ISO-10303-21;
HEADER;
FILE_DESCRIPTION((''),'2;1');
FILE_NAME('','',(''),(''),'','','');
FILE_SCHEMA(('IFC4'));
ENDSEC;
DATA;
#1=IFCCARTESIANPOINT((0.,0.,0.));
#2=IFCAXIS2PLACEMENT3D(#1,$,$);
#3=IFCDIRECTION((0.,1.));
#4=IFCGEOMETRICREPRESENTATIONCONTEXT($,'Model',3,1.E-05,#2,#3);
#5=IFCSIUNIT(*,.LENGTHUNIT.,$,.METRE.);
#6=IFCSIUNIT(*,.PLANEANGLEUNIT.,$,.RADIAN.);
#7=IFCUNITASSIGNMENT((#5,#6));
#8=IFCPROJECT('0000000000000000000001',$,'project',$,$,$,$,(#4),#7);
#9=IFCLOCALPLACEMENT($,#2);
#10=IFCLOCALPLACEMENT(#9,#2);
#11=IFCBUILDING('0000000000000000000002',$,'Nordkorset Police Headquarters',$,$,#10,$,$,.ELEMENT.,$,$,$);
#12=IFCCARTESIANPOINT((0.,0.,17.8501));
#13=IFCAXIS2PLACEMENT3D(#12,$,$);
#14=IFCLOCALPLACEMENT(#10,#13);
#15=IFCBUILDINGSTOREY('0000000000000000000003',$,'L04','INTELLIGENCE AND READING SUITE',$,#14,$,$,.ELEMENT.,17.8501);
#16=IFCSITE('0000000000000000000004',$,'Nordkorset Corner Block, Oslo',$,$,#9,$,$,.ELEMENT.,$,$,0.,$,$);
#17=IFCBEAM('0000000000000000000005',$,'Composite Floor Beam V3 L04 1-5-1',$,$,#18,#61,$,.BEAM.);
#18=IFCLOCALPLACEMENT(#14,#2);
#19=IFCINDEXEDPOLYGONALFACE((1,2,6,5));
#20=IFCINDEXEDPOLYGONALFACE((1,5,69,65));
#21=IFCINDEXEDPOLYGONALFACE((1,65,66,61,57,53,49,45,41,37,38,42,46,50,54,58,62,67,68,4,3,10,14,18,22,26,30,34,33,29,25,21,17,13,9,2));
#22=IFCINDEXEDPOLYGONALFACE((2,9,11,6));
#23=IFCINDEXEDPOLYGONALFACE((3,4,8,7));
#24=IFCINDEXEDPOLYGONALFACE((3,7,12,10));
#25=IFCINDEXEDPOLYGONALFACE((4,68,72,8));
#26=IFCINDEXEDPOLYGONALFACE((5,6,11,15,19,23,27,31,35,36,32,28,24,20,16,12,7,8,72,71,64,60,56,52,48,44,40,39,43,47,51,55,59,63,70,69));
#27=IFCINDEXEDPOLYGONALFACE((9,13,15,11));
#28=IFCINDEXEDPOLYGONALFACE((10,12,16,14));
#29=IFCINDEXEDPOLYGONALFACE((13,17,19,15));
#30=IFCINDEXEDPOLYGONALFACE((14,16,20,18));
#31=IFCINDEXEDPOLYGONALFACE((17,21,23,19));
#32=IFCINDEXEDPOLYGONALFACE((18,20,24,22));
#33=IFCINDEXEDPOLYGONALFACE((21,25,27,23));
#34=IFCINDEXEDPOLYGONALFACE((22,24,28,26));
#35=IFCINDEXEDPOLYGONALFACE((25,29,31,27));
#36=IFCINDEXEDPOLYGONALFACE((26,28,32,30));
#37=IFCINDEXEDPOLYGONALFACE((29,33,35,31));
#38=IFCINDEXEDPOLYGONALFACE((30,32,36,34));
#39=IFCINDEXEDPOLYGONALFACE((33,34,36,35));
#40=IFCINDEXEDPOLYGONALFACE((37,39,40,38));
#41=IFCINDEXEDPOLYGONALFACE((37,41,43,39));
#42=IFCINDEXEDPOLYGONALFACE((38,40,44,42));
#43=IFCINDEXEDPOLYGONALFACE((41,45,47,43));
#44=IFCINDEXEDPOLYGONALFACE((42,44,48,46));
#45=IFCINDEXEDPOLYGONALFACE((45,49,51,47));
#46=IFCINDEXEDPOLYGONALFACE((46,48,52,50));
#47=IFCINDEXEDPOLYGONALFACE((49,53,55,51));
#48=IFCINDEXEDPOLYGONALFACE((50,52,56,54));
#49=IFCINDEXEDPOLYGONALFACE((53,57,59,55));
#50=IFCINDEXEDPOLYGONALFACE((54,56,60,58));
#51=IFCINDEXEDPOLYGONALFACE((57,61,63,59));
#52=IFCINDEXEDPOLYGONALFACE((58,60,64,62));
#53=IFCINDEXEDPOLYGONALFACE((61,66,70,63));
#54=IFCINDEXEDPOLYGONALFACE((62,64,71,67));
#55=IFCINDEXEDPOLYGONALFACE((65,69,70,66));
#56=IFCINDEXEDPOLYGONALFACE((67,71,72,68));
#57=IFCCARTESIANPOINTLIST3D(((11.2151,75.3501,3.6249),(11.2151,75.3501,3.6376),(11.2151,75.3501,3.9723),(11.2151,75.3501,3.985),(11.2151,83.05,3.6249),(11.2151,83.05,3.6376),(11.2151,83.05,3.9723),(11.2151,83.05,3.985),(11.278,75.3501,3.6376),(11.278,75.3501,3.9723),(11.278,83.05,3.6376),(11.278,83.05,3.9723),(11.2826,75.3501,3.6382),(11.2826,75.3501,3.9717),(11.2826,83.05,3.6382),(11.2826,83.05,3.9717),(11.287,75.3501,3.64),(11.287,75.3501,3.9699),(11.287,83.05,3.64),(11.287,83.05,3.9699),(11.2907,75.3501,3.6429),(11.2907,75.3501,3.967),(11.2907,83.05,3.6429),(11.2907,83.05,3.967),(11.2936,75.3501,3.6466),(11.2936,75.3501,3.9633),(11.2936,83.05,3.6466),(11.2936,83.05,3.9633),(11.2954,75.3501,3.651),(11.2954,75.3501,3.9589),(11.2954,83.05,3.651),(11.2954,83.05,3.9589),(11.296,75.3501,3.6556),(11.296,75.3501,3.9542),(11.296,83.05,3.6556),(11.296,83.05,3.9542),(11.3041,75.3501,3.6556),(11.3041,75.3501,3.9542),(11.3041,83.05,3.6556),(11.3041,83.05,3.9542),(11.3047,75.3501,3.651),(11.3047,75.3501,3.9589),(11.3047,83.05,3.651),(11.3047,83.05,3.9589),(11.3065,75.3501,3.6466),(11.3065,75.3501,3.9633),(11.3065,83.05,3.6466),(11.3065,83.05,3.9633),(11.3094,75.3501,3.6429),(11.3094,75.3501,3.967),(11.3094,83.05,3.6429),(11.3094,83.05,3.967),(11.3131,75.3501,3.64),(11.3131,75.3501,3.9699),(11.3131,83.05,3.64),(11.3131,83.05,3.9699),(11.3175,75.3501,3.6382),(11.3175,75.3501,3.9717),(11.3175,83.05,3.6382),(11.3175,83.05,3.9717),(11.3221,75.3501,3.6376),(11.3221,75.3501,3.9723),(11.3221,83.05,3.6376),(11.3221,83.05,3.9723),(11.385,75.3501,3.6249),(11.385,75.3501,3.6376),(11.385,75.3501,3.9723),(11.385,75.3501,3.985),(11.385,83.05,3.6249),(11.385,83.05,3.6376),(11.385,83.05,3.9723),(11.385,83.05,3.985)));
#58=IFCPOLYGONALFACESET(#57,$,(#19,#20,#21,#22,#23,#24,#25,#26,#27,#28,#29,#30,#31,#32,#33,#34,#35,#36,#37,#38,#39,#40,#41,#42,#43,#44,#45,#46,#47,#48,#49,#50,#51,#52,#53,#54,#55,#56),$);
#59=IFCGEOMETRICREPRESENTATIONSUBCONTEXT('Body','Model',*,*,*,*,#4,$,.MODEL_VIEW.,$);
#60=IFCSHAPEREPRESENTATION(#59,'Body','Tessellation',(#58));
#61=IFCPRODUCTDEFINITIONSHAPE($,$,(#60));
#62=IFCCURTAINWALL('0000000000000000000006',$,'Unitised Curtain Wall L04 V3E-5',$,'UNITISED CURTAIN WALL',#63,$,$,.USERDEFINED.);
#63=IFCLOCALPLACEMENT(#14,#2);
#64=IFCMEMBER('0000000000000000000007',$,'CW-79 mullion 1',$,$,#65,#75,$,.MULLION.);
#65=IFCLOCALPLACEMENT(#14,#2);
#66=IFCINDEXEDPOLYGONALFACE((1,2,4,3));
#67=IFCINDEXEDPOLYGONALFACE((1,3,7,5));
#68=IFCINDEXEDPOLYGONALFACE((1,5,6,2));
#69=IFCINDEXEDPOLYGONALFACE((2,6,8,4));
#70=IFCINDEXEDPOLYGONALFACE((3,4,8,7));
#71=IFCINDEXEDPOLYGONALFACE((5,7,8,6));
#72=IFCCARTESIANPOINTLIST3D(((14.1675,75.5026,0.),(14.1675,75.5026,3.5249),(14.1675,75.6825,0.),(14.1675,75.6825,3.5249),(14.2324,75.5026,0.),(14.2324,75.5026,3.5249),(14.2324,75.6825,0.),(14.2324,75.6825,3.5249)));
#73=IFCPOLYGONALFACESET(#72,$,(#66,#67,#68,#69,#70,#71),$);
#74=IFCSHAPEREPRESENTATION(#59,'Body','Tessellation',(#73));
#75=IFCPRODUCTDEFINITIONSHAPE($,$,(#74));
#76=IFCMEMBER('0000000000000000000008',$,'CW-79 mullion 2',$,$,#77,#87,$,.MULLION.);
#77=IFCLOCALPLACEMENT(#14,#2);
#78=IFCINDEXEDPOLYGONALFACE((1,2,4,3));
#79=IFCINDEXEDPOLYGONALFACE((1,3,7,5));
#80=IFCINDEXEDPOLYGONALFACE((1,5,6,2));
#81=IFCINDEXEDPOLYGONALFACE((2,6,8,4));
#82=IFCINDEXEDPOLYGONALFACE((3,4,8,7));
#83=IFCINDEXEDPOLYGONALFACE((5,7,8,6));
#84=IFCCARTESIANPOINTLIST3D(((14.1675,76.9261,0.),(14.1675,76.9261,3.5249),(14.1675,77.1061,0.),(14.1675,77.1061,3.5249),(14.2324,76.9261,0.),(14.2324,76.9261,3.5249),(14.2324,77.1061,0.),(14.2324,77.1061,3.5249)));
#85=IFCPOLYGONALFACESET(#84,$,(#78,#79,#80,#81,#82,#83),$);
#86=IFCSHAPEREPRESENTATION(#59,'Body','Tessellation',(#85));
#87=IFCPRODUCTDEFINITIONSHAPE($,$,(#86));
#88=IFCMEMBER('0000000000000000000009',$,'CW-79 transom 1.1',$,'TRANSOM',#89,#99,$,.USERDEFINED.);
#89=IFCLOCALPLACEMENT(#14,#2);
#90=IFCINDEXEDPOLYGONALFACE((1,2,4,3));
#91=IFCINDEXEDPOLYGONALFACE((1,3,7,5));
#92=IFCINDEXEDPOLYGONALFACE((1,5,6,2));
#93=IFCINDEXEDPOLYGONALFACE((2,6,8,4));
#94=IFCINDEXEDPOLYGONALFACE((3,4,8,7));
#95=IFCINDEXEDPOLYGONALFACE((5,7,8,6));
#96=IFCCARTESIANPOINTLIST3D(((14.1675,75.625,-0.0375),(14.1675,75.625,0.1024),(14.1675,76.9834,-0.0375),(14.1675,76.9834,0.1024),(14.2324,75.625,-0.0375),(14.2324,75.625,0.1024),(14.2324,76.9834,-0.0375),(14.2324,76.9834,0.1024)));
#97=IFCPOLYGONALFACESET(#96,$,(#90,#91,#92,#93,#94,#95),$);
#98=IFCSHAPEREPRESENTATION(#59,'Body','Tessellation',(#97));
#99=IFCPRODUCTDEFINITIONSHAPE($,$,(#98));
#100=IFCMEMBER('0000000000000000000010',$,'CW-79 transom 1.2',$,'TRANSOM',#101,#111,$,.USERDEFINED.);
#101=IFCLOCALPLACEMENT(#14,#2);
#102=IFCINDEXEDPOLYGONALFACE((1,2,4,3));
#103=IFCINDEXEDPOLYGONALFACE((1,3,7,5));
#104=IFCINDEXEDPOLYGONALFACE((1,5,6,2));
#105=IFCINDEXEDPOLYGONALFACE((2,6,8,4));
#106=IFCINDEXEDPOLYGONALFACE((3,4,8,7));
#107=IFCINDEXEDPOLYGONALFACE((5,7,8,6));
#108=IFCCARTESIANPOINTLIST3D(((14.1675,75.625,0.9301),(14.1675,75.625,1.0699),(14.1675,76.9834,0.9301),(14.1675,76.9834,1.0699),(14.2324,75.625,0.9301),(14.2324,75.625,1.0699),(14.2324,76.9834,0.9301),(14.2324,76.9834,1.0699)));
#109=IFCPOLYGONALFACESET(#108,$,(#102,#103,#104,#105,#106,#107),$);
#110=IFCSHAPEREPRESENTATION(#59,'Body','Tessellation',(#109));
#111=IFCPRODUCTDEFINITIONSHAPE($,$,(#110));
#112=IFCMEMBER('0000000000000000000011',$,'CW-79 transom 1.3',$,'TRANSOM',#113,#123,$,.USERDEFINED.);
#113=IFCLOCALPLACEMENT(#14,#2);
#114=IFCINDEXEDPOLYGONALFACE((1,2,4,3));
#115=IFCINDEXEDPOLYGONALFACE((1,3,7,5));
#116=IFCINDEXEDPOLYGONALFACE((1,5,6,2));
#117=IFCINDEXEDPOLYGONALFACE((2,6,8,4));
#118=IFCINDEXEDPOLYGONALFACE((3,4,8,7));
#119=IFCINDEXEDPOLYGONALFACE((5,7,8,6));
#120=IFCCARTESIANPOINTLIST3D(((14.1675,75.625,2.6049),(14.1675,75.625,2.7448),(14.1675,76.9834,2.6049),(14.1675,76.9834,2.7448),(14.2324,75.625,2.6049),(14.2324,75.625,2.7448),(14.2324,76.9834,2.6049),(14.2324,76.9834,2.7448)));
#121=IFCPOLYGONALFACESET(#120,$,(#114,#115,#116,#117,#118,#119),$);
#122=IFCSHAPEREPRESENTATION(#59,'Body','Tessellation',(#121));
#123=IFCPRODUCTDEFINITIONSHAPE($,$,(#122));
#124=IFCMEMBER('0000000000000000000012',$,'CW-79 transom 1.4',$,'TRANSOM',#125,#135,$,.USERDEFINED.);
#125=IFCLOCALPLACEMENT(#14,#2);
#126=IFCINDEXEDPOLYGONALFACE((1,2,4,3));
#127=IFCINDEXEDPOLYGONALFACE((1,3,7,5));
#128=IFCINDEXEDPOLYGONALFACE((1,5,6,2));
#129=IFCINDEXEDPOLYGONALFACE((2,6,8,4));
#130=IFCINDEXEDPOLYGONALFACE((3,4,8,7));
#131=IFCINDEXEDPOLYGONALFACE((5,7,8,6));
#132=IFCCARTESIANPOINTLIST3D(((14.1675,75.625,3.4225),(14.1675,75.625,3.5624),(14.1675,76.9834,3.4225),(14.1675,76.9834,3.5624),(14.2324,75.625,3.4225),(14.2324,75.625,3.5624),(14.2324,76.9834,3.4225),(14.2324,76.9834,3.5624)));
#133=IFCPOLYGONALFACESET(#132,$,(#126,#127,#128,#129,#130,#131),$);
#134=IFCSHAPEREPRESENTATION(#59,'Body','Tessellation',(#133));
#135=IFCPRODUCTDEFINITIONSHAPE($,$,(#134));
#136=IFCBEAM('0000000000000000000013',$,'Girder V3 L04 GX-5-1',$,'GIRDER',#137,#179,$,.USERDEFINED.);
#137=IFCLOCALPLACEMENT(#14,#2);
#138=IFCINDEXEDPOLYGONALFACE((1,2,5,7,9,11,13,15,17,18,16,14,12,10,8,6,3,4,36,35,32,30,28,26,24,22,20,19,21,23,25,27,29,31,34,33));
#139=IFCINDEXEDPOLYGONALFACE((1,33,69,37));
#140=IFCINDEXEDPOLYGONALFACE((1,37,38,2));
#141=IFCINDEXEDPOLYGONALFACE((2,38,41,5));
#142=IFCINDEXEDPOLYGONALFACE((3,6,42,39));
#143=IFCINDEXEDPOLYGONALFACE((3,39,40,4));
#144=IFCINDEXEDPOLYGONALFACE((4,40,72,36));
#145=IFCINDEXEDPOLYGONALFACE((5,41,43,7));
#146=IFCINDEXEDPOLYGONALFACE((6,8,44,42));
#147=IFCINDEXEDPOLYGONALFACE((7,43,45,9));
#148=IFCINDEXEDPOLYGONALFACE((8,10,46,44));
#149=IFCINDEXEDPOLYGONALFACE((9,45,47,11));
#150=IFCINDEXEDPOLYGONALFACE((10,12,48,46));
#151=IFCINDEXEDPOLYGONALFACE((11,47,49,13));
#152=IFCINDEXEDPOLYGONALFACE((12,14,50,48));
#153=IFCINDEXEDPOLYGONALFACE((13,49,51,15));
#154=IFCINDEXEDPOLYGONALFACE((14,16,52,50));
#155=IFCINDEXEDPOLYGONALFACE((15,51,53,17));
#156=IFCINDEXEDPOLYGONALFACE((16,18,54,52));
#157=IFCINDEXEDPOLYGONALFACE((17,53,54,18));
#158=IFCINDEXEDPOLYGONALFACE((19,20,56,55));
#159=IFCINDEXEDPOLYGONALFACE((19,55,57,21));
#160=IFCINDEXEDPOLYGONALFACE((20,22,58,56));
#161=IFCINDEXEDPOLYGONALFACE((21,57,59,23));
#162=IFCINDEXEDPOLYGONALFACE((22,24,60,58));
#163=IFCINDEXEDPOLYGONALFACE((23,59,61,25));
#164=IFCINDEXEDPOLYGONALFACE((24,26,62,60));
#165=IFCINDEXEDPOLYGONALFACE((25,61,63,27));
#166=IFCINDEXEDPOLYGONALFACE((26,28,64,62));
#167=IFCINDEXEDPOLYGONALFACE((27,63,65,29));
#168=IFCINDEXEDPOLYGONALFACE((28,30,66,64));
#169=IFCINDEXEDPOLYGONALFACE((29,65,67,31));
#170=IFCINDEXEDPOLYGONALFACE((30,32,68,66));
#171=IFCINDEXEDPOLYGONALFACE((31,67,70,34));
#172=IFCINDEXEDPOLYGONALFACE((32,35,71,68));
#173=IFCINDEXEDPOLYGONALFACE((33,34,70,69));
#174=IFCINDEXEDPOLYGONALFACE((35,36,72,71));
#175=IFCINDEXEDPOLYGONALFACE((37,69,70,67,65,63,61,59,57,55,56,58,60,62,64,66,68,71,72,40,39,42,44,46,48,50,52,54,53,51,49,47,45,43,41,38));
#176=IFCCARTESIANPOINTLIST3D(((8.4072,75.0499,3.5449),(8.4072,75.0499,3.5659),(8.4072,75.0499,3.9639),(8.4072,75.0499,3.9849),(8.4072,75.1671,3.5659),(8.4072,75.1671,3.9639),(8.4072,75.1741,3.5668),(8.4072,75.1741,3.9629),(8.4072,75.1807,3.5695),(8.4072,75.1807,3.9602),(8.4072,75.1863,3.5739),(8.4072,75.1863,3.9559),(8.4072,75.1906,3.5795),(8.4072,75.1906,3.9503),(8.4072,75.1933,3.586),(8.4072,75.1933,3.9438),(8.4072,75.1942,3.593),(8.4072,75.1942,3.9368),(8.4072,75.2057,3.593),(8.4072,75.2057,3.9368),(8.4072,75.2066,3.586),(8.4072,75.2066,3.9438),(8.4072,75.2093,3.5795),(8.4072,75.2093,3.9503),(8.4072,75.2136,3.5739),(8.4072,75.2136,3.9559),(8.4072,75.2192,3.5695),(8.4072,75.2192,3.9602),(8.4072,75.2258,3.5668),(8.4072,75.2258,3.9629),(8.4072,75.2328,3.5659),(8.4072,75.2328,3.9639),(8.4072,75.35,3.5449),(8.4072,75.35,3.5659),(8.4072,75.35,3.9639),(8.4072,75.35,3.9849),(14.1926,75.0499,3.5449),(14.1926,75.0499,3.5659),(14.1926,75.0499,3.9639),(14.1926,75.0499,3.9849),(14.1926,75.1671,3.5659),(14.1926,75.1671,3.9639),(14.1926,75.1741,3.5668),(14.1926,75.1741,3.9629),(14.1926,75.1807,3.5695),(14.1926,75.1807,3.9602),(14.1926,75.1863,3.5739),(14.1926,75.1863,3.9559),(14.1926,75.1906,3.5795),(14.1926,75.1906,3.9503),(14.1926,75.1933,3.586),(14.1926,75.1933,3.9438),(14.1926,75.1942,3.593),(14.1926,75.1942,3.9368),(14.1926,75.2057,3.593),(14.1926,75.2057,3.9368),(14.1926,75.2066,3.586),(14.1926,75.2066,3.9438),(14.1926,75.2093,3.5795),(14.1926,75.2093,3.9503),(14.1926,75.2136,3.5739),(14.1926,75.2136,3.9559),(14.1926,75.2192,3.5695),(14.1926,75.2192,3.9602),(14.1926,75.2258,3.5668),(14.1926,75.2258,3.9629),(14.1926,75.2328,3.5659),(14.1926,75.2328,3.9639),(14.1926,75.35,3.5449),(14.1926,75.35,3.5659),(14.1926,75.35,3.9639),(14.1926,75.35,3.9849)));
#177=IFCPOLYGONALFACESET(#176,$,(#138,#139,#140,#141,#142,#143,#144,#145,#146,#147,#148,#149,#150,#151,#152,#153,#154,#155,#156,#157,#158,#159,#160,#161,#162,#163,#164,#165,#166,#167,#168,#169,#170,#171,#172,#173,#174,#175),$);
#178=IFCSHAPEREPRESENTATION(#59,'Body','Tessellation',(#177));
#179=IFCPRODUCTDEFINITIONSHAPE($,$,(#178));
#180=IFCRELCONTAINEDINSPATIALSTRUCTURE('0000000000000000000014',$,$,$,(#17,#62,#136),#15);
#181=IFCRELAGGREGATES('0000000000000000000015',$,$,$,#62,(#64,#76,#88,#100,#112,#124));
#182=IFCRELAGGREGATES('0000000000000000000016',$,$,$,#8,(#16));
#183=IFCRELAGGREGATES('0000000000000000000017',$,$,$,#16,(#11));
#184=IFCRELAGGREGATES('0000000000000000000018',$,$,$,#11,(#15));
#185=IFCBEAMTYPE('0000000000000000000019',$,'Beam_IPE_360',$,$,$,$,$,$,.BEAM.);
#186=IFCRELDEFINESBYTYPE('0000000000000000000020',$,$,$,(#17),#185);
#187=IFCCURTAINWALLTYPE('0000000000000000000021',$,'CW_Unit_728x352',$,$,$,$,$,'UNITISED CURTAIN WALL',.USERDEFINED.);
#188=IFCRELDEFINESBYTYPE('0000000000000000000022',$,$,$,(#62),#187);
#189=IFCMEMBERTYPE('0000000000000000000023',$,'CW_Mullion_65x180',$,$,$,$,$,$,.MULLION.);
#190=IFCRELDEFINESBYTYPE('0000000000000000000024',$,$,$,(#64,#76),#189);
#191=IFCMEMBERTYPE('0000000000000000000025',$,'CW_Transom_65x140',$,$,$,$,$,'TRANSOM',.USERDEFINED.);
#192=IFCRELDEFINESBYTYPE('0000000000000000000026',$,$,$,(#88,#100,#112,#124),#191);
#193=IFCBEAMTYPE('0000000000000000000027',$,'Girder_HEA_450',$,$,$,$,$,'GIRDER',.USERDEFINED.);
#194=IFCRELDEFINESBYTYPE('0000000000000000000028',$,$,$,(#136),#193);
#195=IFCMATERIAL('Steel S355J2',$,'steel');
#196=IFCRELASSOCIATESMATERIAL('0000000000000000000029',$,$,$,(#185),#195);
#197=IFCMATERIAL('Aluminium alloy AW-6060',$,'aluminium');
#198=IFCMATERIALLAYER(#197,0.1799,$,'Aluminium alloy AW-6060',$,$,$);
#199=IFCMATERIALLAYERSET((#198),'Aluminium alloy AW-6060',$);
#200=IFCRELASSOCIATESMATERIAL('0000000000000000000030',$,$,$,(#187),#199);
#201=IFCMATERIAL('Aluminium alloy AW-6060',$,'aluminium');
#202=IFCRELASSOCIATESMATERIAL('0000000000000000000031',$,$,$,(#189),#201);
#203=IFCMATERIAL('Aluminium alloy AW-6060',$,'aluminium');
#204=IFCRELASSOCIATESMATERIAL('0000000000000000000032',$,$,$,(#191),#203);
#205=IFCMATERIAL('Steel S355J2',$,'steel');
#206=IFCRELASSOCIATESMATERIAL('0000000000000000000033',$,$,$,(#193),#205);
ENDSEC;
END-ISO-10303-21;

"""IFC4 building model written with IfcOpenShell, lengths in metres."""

from ifc_helpers import new_model, si_unit, direction, frame, origin, origin_2d, place, context, subcontext, project, spatial, rectangle, i_section, extrude, material, layer, layer_set, material_profile, profile_set, type_object, element, aggregate, save


model = new_model("IFC4")

# Units and contexts
model_context = context("Model", 3, precision=1e-05, world=origin(), true_north=direction((0.0, 1.0)))
body_context = subcontext(model_context, "Body", "Model", "MODEL_VIEW")
ifc_project = project(units=[si_unit("LENGTHUNIT", "METRE"), si_unit("PLANEANGLEUNIT", "RADIAN")], contexts=[model_context])

# Site, building, storey
site_placement = place(None, origin())
site = spatial("IfcSite", under=ifc_project, at=site_placement, Name="Nordkorset Corner Block, Oslo", CompositionType="ELEMENT", RefElevation=0.0)
building_placement = place(site_placement, origin())
building = spatial("IfcBuilding", under=site, at=building_placement, Name="Nordkorset Police Headquarters", CompositionType="ELEMENT")
storey_placement = place(building_placement, frame((0.0, 0.0, 17.8501)))
storey = spatial("IfcBuildingStorey", under=building, at=storey_placement, Name="L04", Description="INTELLIGENCE AND READING SUITE", CompositionType="ELEMENT", Elevation=17.8501)

# Beam
ifc_material_1 = material(Name="Steel S355J2", Category="steel")
ifc_material_profile_1 = material_profile(ifc_material_1, i_section(OverallWidth=0.1699, OverallDepth=0.3601, WebThickness=0.0081, FlangeThickness=0.0127, FilletRadius=0.0181, at=origin_2d()), Name="IPE 360")
ifc_profile_set_1 = profile_set([ifc_material_profile_1], Name="Steel S355J2")
beam_type_1 = type_object("IfcBeamType", Name="Beam_IPE_360", PredefinedType="BEAM", material=ifc_profile_set_1)
for number, where, z_axis, x_axis, name in (
    (1, (11.3, 75.3501, 3.8049), (0.0, 1.0, 0.0), (-1.0, 0.0, 0.0), "Composite Floor Beam V3 L04 1-5-1"),
):
    element("IfcBeam", number, at=place(storey_placement, frame(where, z_axis=z_axis, x_axis=x_axis)), inside=storey, type_object=beam_type_1, Name=name, PredefinedType="BEAM", context=body_context, shape_type="SweptSolid", body=[
        extrude(i_section(OverallWidth=0.1699, OverallDepth=0.3601, WebThickness=0.0081, FlangeThickness=0.0127, FilletRadius=0.0181, at=origin_2d()), origin(), (0.0, 0.0, 1.0), 7.7),
    ])

# Curtain wall, members
ifc_material_2 = material(Name="Aluminium alloy AW-6060", Category="aluminium")
ifc_layer_1 = layer(ifc_material_2, 0.1799, Name="Aluminium alloy AW-6060")
ifc_layer_set_1 = layer_set([ifc_layer_1], Name="Aluminium alloy AW-6060")
curtain_wall_type = type_object("IfcCurtainWallType", Name="CW_Unit_728x352", ElementType="UNITISED CURTAIN WALL", PredefinedType="USERDEFINED", material=ifc_layer_set_1)
curtain_wall_placement = place(storey_placement, origin())
curtain_wall = element("IfcCurtainWall", 2, at=curtain_wall_placement, inside=storey, type_object=curtain_wall_type, Name="Unitised Curtain Wall L04 V3E-5", ObjectType="UNITISED CURTAIN WALL", PredefinedType="USERDEFINED")
ifc_material_3 = material(Name="Aluminium alloy AW-6060", Category="aluminium")
ifc_material_profile_2 = material_profile(ifc_material_3, rectangle(XDim=0.0649, YDim=0.1799, at=origin_2d()), Name="ALU MULL 65x180")
ifc_profile_set_2 = profile_set([ifc_material_profile_2], Name="Aluminium alloy AW-6060")
member_type_1 = type_object("IfcMemberType", Name="CW_Mullion_65x180", PredefinedType="MULLION", material=ifc_profile_set_2)
member_1_placement = place(storey_placement, frame((14.2, 75.5925, 0.0), z_axis=(0.0, 0.0, 1.0), x_axis=(-1.0, 0.0, 0.0)))
member_1 = element("IfcMember", 3, at=member_1_placement, type_object=member_type_1, Name="CW-79 mullion 1", PredefinedType="MULLION", context=body_context, shape_type="SweptSolid", body=[
    extrude(rectangle(XDim=0.0649, YDim=0.1799, at=origin_2d()), origin(), (0.0, 0.0, 1.0), 3.5249),
])
member_2_placement = place(storey_placement, frame((14.2, 77.0161, 0.0), z_axis=(0.0, 0.0, 1.0), x_axis=(-1.0, 0.0, 0.0)))
member_2 = element("IfcMember", 4, at=member_2_placement, type_object=member_type_1, Name="CW-79 mullion 2", PredefinedType="MULLION", context=body_context, shape_type="SweptSolid", body=[
    extrude(rectangle(XDim=0.0649, YDim=0.1799, at=origin_2d()), origin(), (0.0, 0.0, 1.0), 3.5249),
])
ifc_material_4 = material(Name="Aluminium alloy AW-6060", Category="aluminium")
ifc_material_profile_3 = material_profile(ifc_material_4, rectangle(XDim=0.0649, YDim=0.1399, at=origin_2d()), Name="ALU TRAN 65x140")
ifc_profile_set_3 = profile_set([ifc_material_profile_3], Name="Aluminium alloy AW-6060")
member_type_2 = type_object("IfcMemberType", Name="CW_Transom_65x140", ElementType="TRANSOM", PredefinedType="USERDEFINED", material=ifc_profile_set_3)
member_3_placement = place(storey_placement, frame((14.2, 75.625, 0.0325), z_axis=(0.0, 1.0, 0.0), x_axis=(-1.0, 0.0, 0.0)))
member_3 = element("IfcMember", 5, at=member_3_placement, type_object=member_type_2, Name="CW-79 transom 1.1", ObjectType="TRANSOM", PredefinedType="USERDEFINED", context=body_context, shape_type="SweptSolid", body=[
    extrude(rectangle(XDim=0.0649, YDim=0.1399, at=origin_2d()), origin(), (0.0, 0.0, 1.0), 1.3584),
])
member_4_placement = place(storey_placement, frame((14.2, 75.625, 1.0), z_axis=(0.0, 1.0, 0.0), x_axis=(-1.0, 0.0, 0.0)))
member_4 = element("IfcMember", 6, at=member_4_placement, type_object=member_type_2, Name="CW-79 transom 1.2", ObjectType="TRANSOM", PredefinedType="USERDEFINED", context=body_context, shape_type="SweptSolid", body=[
    extrude(rectangle(XDim=0.0649, YDim=0.1399, at=origin_2d()), origin(), (0.0, 0.0, 1.0), 1.3584),
])
member_5_placement = place(storey_placement, frame((14.2, 75.625, 2.6748), z_axis=(0.0, 1.0, 0.0), x_axis=(-1.0, 0.0, 0.0)))
member_5 = element("IfcMember", 7, at=member_5_placement, type_object=member_type_2, Name="CW-79 transom 1.3", ObjectType="TRANSOM", PredefinedType="USERDEFINED", context=body_context, shape_type="SweptSolid", body=[
    extrude(rectangle(XDim=0.0649, YDim=0.1399, at=origin_2d()), origin(), (0.0, 0.0, 1.0), 1.3584),
])
member_6_placement = place(storey_placement, frame((14.2, 75.625, 3.4924), z_axis=(0.0, 1.0, 0.0), x_axis=(-1.0, 0.0, 0.0)))
member_6 = element("IfcMember", 8, at=member_6_placement, type_object=member_type_2, Name="CW-79 transom 1.4", ObjectType="TRANSOM", PredefinedType="USERDEFINED", context=body_context, shape_type="SweptSolid", body=[
    extrude(rectangle(XDim=0.0649, YDim=0.1399, at=origin_2d()), origin(), (0.0, 0.0, 1.0), 1.3584),
])

# Beam
ifc_material_5 = material(Name="Steel S355J2", Category="steel")
ifc_material_profile_4 = material_profile(ifc_material_5, i_section(OverallWidth=0.3, OverallDepth=0.4399, WebThickness=0.0115, FlangeThickness=0.021, FilletRadius=0.0271, at=origin_2d()), Name="HEA 450")
ifc_profile_set_4 = profile_set([ifc_material_profile_4], Name="Steel S355J2")
beam_type_2 = type_object("IfcBeamType", Name="Girder_HEA_450", ElementType="GIRDER", PredefinedType="USERDEFINED", material=ifc_profile_set_4)
beam_1_placement = place(storey_placement, frame((8.4072, 75.2, 3.7649), z_axis=(1.0, 0.0, 0.0), x_axis=(0.0, 1.0, 0.0)))
element("IfcBeam", 9, at=beam_1_placement, inside=storey, type_object=beam_type_2, Name="Girder V3 L04 GX-5-1", ObjectType="GIRDER", PredefinedType="USERDEFINED", context=body_context, shape_type="SweptSolid", body=[
    extrude(i_section(OverallWidth=0.3, OverallDepth=0.4399, WebThickness=0.0115, FlangeThickness=0.021, FilletRadius=0.0271, at=origin_2d()), origin(), (0.0, 0.0, 1.0), 5.7854),
])

aggregate(curtain_wall, [member_1, member_2, member_3, member_4, member_5, member_6])

save(model, "model.ifc")
